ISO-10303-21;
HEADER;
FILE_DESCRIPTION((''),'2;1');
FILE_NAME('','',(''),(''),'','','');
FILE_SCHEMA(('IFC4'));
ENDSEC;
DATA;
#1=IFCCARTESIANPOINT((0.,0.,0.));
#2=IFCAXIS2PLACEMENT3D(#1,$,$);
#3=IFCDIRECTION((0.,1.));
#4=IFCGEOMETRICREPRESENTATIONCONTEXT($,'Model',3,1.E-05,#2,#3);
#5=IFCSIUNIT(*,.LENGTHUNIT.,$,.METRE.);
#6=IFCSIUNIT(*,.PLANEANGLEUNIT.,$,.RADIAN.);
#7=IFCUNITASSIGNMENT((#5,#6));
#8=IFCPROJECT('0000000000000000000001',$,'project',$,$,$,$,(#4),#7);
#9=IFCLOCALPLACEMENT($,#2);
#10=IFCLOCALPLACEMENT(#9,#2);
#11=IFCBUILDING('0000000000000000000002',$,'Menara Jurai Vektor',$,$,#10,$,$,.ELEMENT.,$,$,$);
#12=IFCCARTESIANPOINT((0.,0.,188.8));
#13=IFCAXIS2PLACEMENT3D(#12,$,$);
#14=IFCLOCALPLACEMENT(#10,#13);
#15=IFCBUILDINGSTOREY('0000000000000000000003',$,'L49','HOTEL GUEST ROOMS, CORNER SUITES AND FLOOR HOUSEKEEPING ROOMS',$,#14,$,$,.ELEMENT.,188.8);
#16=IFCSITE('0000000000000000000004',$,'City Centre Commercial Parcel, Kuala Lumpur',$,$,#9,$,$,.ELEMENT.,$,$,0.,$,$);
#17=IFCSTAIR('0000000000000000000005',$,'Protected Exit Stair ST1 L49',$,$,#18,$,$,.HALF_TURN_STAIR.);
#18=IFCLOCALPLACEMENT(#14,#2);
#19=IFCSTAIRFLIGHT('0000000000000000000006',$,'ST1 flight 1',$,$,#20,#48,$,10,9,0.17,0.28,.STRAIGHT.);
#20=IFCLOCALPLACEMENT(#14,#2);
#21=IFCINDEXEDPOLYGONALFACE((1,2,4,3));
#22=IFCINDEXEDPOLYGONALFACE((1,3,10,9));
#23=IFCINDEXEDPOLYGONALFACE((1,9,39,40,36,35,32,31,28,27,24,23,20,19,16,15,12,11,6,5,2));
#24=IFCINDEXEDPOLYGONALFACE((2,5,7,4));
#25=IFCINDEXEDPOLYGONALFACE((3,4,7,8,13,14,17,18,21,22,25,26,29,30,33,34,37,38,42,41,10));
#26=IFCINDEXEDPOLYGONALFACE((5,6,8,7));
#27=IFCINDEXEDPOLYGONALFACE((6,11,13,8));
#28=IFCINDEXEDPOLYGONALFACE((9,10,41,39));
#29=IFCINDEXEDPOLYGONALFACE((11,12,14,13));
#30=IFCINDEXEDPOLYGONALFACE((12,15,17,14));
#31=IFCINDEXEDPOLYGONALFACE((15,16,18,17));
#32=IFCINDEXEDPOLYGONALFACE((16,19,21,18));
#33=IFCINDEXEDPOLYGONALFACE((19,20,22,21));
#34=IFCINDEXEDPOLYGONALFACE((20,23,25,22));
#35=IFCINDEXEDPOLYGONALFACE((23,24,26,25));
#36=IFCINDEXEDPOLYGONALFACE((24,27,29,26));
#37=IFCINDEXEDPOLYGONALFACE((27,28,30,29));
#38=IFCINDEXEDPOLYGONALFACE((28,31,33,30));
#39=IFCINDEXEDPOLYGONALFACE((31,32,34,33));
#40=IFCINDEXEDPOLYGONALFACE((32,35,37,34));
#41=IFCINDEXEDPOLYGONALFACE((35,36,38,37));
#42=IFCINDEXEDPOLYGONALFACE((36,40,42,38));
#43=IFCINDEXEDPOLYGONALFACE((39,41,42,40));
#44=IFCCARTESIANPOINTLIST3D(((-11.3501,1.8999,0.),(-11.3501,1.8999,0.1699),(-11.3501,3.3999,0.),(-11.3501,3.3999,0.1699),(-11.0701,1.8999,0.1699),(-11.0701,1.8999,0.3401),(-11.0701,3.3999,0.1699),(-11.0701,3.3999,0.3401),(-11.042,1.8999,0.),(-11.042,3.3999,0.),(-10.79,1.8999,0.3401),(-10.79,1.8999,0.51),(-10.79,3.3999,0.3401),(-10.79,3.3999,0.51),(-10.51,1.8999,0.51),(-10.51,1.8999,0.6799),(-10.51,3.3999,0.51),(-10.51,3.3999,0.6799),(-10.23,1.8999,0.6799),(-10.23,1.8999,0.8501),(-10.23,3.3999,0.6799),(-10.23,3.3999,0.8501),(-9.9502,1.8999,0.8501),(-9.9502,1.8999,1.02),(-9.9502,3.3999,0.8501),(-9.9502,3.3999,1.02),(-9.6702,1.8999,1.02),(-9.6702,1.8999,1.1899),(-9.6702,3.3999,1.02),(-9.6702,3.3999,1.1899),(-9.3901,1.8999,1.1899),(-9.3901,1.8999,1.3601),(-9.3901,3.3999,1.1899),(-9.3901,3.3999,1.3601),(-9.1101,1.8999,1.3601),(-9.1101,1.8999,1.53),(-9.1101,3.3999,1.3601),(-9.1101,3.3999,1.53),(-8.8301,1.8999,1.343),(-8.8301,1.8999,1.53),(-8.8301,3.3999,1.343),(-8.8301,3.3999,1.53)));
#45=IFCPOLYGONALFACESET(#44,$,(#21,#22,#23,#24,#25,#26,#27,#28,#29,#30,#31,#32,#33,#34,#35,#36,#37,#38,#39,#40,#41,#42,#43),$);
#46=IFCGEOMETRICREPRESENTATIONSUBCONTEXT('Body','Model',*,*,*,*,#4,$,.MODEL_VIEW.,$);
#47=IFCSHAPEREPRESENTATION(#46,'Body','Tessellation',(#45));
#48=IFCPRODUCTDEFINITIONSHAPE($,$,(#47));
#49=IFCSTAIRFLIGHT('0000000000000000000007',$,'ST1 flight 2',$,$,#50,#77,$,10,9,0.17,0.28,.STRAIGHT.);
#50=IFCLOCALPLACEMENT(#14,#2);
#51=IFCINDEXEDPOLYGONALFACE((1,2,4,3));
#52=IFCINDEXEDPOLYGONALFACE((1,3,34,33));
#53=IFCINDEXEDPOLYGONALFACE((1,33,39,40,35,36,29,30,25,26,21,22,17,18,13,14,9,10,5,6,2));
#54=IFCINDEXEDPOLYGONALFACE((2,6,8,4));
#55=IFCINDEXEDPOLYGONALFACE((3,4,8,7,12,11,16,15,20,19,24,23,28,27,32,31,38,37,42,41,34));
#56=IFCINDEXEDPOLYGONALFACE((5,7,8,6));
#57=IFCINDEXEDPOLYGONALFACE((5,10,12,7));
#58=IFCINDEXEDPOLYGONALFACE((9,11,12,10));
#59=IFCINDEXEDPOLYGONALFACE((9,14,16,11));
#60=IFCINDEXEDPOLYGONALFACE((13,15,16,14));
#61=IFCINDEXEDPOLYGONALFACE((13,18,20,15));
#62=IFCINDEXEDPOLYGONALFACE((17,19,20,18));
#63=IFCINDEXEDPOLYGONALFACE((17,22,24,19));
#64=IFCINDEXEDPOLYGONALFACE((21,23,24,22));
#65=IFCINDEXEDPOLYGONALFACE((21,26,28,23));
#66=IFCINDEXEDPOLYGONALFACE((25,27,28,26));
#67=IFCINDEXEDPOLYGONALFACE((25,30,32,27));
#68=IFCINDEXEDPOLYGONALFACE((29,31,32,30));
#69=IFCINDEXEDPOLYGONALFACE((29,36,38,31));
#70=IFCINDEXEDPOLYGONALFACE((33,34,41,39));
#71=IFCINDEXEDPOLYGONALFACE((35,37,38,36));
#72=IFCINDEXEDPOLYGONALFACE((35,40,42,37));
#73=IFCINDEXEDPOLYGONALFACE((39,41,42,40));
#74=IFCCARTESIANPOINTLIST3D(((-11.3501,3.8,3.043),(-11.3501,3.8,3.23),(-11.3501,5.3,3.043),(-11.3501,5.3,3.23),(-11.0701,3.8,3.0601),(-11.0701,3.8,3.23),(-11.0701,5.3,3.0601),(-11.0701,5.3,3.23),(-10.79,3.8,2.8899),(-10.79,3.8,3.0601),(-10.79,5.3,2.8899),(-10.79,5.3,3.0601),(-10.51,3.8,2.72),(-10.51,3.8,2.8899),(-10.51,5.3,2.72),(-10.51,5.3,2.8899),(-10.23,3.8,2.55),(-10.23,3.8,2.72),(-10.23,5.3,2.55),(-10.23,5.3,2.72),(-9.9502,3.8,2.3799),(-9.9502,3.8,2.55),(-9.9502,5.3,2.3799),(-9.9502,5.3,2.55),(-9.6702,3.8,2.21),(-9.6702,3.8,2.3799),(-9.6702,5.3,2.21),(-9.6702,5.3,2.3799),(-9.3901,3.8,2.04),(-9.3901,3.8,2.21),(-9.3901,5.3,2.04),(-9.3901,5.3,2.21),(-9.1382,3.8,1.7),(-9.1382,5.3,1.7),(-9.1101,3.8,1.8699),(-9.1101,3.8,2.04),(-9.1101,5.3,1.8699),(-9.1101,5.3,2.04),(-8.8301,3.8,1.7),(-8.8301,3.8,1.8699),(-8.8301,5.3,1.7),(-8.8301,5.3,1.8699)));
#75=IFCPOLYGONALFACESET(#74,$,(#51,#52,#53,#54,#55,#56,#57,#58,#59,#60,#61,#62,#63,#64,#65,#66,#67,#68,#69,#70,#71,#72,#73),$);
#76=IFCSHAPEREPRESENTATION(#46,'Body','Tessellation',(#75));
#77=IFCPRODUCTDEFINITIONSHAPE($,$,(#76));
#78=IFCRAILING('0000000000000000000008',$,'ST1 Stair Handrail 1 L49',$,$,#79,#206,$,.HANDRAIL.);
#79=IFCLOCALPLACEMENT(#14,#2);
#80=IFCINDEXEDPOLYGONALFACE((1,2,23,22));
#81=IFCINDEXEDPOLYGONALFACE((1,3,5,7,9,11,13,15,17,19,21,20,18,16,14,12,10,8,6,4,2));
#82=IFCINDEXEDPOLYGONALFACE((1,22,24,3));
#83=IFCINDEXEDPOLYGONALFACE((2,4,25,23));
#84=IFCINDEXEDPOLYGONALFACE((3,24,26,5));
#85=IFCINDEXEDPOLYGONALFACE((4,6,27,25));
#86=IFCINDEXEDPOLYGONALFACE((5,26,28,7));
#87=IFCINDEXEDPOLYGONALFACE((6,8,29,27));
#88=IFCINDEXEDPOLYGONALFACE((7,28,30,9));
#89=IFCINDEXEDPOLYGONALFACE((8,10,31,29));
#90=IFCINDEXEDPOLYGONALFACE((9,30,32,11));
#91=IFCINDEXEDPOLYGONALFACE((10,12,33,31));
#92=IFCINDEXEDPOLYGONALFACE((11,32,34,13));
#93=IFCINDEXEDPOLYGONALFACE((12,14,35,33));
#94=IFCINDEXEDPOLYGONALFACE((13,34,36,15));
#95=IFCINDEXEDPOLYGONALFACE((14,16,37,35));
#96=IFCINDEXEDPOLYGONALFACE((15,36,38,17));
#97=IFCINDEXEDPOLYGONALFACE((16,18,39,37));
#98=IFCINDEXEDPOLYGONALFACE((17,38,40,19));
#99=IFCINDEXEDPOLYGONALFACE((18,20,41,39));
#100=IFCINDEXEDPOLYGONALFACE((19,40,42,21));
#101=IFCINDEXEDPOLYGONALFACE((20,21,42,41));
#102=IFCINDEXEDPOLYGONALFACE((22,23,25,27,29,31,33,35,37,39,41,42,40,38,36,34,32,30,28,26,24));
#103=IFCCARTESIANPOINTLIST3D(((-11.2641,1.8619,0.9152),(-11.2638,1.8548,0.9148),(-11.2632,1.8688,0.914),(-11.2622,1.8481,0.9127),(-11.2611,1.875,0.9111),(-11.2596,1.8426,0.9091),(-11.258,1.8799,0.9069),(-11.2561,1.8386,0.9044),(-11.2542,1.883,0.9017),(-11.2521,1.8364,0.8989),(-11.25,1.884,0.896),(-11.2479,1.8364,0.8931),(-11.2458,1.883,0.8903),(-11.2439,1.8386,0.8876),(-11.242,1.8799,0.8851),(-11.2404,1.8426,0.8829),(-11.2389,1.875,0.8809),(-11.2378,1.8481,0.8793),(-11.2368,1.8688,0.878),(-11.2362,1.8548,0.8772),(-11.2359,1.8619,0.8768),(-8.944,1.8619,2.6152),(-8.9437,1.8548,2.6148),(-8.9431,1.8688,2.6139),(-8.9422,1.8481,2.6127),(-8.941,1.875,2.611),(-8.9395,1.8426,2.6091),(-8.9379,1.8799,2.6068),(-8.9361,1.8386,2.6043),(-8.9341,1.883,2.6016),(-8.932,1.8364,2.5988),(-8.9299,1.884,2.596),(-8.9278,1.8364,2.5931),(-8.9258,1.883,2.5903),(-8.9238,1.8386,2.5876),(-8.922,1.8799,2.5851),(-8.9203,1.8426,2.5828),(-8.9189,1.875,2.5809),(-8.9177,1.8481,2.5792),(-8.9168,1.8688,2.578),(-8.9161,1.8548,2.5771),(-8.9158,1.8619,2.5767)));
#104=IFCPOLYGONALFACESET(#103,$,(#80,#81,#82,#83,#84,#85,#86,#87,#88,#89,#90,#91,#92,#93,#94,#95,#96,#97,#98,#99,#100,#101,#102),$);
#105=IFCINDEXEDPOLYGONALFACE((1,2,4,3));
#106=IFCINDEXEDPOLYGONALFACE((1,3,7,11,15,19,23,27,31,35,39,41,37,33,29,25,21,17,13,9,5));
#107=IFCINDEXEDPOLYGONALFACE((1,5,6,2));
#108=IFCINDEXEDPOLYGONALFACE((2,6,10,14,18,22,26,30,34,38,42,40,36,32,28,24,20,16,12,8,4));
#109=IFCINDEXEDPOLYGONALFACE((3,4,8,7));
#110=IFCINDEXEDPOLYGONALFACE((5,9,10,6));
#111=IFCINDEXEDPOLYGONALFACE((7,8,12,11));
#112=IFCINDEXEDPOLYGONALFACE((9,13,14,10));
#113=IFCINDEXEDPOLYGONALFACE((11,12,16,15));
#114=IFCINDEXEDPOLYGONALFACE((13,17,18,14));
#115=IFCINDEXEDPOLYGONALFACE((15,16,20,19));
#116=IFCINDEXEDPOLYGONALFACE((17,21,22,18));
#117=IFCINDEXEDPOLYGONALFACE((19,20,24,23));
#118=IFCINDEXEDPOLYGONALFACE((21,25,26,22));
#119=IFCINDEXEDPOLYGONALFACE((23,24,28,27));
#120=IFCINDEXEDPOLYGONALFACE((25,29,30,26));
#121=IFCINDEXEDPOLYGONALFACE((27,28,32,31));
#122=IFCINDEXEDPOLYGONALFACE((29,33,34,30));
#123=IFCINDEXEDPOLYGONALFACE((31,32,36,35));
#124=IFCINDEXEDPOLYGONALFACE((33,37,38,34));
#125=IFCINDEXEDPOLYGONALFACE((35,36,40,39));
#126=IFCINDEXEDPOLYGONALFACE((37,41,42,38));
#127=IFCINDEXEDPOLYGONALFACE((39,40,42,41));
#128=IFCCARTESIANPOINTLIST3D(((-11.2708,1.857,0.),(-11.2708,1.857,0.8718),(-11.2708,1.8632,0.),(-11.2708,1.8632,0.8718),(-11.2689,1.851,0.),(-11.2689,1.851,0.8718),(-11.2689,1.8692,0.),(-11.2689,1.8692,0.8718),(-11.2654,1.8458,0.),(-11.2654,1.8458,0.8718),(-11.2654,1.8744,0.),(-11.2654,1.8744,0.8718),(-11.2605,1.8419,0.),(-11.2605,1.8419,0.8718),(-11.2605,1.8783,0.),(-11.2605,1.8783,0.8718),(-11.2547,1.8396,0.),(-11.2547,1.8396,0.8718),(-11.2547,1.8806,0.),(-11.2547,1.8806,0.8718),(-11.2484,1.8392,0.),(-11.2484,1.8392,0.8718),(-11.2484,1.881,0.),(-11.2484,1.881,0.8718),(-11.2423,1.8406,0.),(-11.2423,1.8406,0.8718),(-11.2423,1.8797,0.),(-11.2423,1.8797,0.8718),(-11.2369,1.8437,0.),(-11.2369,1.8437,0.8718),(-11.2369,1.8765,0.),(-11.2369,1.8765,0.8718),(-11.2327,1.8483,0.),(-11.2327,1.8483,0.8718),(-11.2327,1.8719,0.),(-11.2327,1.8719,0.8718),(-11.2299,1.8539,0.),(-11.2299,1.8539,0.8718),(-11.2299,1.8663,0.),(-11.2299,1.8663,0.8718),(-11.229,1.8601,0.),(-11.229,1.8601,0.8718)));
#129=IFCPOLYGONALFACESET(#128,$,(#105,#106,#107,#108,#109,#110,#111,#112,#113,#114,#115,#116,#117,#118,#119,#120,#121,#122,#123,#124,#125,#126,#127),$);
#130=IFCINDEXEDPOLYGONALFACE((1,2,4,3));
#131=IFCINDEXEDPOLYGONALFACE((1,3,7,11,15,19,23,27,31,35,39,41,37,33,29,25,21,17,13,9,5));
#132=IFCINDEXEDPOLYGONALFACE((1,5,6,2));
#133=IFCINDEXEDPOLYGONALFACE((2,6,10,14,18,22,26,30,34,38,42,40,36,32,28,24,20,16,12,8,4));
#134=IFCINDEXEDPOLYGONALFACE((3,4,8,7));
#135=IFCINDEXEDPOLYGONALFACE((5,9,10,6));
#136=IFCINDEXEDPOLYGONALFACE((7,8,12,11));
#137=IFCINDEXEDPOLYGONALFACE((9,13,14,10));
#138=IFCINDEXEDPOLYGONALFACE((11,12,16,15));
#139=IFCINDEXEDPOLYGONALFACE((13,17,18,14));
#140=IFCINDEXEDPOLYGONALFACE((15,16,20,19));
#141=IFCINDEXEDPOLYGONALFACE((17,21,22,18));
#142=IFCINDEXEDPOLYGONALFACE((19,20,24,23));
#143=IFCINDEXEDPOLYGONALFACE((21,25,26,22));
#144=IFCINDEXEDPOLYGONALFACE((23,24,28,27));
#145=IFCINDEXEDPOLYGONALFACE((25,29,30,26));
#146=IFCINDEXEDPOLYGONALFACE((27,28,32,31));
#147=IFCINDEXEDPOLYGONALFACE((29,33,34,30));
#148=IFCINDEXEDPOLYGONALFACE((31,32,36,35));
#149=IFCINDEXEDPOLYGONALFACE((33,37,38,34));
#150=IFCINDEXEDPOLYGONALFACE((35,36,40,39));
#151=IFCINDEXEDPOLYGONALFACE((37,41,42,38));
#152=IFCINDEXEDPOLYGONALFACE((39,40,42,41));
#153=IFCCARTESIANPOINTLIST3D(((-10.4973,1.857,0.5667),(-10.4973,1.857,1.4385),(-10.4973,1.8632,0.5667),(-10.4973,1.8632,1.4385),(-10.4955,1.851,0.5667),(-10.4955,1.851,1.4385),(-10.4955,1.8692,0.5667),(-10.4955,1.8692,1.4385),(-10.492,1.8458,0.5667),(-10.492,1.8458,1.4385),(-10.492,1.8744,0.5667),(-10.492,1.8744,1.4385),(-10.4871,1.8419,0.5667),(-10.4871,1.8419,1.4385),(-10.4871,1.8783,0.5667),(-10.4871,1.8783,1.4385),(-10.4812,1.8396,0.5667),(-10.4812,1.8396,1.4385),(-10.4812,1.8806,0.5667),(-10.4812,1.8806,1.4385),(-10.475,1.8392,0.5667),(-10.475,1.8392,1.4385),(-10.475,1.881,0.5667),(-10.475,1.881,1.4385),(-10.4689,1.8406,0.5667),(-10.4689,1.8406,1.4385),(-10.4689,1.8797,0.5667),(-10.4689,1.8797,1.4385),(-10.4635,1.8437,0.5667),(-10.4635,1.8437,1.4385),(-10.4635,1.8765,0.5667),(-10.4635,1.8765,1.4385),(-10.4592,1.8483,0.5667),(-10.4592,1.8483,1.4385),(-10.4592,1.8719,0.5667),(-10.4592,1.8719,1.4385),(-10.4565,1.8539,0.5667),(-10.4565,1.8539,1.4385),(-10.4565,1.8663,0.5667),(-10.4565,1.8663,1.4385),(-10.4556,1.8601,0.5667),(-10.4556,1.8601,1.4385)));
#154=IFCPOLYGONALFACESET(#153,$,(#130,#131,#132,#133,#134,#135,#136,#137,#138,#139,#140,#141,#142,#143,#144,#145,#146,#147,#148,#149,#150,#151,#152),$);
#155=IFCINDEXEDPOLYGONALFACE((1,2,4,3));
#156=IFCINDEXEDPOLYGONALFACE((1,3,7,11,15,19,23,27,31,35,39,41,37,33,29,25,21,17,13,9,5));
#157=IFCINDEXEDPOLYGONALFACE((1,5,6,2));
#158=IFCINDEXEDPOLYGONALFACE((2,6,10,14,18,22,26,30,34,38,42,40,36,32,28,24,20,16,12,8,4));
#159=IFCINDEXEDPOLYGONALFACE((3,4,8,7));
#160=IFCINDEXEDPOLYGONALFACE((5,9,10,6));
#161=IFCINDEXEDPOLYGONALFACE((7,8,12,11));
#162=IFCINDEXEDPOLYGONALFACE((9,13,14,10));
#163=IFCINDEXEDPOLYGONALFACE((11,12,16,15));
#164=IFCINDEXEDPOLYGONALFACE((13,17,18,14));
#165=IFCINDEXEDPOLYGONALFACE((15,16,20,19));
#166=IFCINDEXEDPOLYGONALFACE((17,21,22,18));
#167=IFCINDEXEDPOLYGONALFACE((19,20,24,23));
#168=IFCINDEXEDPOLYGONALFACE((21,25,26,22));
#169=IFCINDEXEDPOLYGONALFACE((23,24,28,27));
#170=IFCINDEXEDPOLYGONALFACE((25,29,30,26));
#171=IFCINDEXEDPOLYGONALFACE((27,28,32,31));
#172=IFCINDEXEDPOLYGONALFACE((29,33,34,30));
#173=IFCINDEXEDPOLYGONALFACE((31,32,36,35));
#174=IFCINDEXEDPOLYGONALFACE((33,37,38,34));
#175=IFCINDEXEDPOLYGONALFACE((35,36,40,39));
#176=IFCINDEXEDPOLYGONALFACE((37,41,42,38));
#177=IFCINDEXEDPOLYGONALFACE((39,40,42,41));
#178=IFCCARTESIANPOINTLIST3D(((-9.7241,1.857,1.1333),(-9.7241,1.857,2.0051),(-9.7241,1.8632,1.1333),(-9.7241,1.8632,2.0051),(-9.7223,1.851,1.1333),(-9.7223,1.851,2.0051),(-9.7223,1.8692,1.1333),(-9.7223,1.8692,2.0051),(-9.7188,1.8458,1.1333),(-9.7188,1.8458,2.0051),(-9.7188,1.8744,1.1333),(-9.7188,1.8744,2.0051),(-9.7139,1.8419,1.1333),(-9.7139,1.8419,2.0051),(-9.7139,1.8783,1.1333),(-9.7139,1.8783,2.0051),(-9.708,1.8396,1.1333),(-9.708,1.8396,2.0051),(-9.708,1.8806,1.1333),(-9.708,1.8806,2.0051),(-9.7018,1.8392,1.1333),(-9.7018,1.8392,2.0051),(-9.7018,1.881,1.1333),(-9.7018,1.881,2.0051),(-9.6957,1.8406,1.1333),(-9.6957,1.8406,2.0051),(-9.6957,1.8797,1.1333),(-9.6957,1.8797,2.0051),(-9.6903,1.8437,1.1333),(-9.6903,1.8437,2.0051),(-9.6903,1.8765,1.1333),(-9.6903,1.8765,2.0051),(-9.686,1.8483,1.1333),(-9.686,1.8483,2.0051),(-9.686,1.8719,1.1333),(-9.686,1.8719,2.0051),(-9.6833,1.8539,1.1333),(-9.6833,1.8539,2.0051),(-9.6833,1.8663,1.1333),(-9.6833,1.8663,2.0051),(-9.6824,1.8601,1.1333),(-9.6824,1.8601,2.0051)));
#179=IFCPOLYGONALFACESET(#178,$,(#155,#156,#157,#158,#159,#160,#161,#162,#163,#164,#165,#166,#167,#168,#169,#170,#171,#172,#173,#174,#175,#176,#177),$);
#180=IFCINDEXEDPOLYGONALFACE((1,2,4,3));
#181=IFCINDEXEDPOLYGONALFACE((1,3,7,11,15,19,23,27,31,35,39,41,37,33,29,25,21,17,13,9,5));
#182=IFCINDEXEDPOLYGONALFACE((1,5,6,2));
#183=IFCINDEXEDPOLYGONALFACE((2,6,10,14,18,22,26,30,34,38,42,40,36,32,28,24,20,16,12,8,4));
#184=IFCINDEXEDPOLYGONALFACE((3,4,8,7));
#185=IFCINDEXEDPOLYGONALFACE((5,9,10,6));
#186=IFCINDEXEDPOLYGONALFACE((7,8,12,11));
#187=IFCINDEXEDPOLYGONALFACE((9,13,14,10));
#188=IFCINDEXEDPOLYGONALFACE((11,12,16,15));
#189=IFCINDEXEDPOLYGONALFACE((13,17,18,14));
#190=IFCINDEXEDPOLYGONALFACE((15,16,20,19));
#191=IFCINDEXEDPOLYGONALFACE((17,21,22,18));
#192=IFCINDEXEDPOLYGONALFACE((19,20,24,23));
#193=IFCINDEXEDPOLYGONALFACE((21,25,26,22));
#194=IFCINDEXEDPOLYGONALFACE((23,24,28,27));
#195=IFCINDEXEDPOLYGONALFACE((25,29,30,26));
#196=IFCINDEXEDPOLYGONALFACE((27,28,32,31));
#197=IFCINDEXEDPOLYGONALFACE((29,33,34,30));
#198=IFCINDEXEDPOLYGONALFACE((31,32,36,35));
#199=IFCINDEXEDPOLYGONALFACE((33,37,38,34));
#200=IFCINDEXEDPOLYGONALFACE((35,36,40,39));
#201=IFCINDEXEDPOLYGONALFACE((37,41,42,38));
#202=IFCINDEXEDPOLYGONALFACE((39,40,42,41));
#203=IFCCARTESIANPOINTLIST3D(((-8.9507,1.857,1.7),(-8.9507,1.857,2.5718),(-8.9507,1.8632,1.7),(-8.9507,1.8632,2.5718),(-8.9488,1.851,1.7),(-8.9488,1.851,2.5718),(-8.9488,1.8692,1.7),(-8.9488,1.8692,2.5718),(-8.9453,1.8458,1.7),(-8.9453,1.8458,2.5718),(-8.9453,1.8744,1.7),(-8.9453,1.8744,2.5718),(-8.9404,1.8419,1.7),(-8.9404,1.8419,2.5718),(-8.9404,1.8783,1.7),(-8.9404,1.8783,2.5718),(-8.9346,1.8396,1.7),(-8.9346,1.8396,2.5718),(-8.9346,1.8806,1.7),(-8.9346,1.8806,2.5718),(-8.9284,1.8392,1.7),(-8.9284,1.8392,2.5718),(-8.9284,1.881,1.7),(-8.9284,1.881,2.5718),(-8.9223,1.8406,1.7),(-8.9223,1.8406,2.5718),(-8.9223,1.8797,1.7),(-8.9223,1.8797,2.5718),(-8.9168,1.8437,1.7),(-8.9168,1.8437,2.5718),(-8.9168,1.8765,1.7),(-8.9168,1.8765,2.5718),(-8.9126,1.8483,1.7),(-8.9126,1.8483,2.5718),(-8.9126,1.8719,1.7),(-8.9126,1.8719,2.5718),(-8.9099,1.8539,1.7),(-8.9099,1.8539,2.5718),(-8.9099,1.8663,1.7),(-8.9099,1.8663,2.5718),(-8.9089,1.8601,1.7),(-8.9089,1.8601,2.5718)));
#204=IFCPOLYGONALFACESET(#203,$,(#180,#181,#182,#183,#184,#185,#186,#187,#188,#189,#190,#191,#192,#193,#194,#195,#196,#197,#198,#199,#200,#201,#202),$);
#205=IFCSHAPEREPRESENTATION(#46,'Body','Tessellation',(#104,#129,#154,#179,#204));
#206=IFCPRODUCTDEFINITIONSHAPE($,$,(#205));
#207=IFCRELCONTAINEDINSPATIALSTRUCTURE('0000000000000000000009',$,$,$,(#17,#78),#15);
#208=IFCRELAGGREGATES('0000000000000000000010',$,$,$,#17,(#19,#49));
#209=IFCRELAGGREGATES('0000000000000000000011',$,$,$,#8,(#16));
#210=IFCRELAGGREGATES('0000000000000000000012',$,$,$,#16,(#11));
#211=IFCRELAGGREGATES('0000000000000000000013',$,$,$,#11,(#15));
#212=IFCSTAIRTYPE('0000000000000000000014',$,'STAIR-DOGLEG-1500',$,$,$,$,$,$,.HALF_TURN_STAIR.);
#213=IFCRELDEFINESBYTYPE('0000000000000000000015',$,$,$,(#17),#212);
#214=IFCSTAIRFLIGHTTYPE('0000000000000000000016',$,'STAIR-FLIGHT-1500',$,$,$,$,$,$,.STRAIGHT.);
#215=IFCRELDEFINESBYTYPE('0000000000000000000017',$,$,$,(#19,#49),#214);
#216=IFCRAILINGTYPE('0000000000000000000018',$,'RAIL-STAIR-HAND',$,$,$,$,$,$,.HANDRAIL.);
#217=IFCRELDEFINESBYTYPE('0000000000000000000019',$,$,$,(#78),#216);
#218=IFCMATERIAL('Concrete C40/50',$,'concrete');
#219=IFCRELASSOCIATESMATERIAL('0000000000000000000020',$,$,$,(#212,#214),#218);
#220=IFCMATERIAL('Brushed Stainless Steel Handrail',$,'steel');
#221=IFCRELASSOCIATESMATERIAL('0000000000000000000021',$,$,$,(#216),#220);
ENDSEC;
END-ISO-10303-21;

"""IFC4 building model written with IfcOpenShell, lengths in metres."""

from ifc_helpers import new_model, si_unit, direction, frame, origin, origin_2d, place, context, subcontext, project, spatial, polyline, circle, outline, extrude, material, type_object, element, aggregate, save


model = new_model("IFC4")

# Units and contexts
model_context = context("Model", 3, precision=1e-05, world=origin(), true_north=direction((0.0, 1.0)))
body_context = subcontext(model_context, "Body", "Model", "MODEL_VIEW")
ifc_project = project(units=[si_unit("LENGTHUNIT", "METRE"), si_unit("PLANEANGLEUNIT", "RADIAN")], contexts=[model_context])

# Site, building, storey
site_placement = place(None, origin())
site = spatial("IfcSite", under=ifc_project, at=site_placement, Name="City Centre Commercial Parcel, Kuala Lumpur", CompositionType="ELEMENT", RefElevation=0.0)
building_placement = place(site_placement, origin())
building = spatial("IfcBuilding", under=site, at=building_placement, Name="Menara Jurai Vektor", CompositionType="ELEMENT")
storey_placement = place(building_placement, frame((0.0, 0.0, 188.8)))
storey = spatial("IfcBuildingStorey", under=building, at=storey_placement, Name="L49", Description="HOTEL GUEST ROOMS, CORNER SUITES AND FLOOR HOUSEKEEPING ROOMS", CompositionType="ELEMENT", Elevation=188.8)

# Shared definitions
ifc_material_1 = material(Name="Concrete C40/50", Category="concrete")

# Stair, stair flights
stair_type = type_object("IfcStairType", Name="STAIR-DOGLEG-1500", PredefinedType="HALF_TURN_STAIR", material=ifc_material_1)
stair_placement = place(storey_placement, origin())
stair = element("IfcStair", 1, at=stair_placement, inside=storey, type_object=stair_type, Name="Protected Exit Stair ST1 L49", PredefinedType="HALF_TURN_STAIR")
stair_flight_type = type_object("IfcStairFlightType", Name="STAIR-FLIGHT-1500", PredefinedType="STRAIGHT", material=ifc_material_1)
stair_flight_1_placement = place(storey_placement, frame((-11.3501, 2.6499, 0.0), z_axis=(0.0, 0.0, 1.0), x_axis=(1.0, 0.0, 0.0)))
stair_flight_1 = element("IfcStairFlight", 2, at=stair_flight_1_placement, type_object=stair_flight_type, Name="ST1 flight 1", NumberOfRisers=10, NumberOfTreads=9, PredefinedType="STRAIGHT", RiserHeight=0.17, TreadLength=0.28, context=body_context, shape_type="SweptSolid", body=[
    extrude(outline(polyline([(0.0, 0.0), (0.0, 0.1699), (0.28, 0.1699), (0.28, 0.3401), (0.5601, 0.3401), (0.5601, 0.51), (0.8401, 0.51), (0.8401, 0.6799), (1.1201, 0.6799), (1.1201, 0.8501), (1.3999, 0.8501), (1.3999, 1.02), (1.6799, 1.02), (1.6799, 1.1899), (1.96, 1.1899), (1.96, 1.3601), (2.24, 1.3601), (2.24, 1.53), (2.52, 1.53), (2.52, 1.7), (2.52, 1.343), (0.3081, 0.0), (0.0, 0.0)])), frame((0.0, 0.75, 0.0), z_axis=(0.0, -1.0, 0.0), x_axis=(1.0, 0.0, 0.0)), (0.0, 0.0, 1.0), 1.5),
])
stair_flight_2_placement = place(storey_placement, frame((-8.8301, 4.55, 1.7), z_axis=(0.0, 0.0, 1.0), x_axis=(-1.0, 0.0, 0.0)))
stair_flight_2 = element("IfcStairFlight", 3, at=stair_flight_2_placement, type_object=stair_flight_type, Name="ST1 flight 2", NumberOfRisers=10, NumberOfTreads=9, PredefinedType="STRAIGHT", RiserHeight=0.17, TreadLength=0.28, context=body_context, shape_type="SweptSolid", body=[
    extrude(outline(polyline([(0.0, 0.0), (0.0, 0.1699), (0.28, 0.1699), (0.28, 0.3401), (0.5601, 0.3401), (0.5601, 0.51), (0.8401, 0.51), (0.8401, 0.6799), (1.1201, 0.6799), (1.1201, 0.8501), (1.3999, 0.8501), (1.3999, 1.02), (1.6799, 1.02), (1.6799, 1.1899), (1.96, 1.1899), (1.96, 1.3601), (2.24, 1.3601), (2.24, 1.53), (2.52, 1.53), (2.52, 1.7), (2.52, 1.343), (0.3081, 0.0), (0.0, 0.0)])), frame((0.0, 0.75, 0.0), z_axis=(0.0, -1.0, 0.0), x_axis=(1.0, 0.0, 0.0)), (0.0, 0.0, 1.0), 1.5),
])
aggregate(stair, [stair_flight_1, stair_flight_2])

# Railing
ifc_material_2 = material(Name="Brushed Stainless Steel Handrail", Category="steel")
railing_type_1 = type_object("IfcRailingType", Name="RAIL-STAIR-HAND", PredefinedType="HANDRAIL", material=ifc_material_2)
railing_1_placement = place(storey_placement, frame((-11.25, 1.8601, 0.0)))
element("IfcRailing", 4, at=railing_1_placement, inside=storey, type_object=railing_type_1, Name="ST1 Stair Handrail 1 L49", PredefinedType="HANDRAIL", context=body_context, shape_type="SweptSolid", body=[
    extrude(circle(Radius=0.0239, at=origin_2d()), frame((0.0, 0.0, 0.896), z_axis=(0.806642, 0.0, 0.59104), x_axis=(0.0, 1.0, 0.0)), (0.0, 0.0, 1.0), 2.8762),
    extrude(circle(Radius=0.021, at=origin_2d()), origin(), (0.0, 0.0, 1.0), 0.8718),
    extrude(circle(Radius=0.021, at=origin_2d()), frame((0.7734, 0.0, 0.5667)), (0.0, 0.0, 1.0), 0.8718),
    extrude(circle(Radius=0.021, at=origin_2d()), frame((1.5466, 0.0, 1.1333)), (0.0, 0.0, 1.0), 0.8718),
    extrude(circle(Radius=0.021, at=origin_2d()), frame((2.3201, 0.0, 1.7)), (0.0, 0.0, 1.0), 0.8718),
])

save(model, "model.ifc")
